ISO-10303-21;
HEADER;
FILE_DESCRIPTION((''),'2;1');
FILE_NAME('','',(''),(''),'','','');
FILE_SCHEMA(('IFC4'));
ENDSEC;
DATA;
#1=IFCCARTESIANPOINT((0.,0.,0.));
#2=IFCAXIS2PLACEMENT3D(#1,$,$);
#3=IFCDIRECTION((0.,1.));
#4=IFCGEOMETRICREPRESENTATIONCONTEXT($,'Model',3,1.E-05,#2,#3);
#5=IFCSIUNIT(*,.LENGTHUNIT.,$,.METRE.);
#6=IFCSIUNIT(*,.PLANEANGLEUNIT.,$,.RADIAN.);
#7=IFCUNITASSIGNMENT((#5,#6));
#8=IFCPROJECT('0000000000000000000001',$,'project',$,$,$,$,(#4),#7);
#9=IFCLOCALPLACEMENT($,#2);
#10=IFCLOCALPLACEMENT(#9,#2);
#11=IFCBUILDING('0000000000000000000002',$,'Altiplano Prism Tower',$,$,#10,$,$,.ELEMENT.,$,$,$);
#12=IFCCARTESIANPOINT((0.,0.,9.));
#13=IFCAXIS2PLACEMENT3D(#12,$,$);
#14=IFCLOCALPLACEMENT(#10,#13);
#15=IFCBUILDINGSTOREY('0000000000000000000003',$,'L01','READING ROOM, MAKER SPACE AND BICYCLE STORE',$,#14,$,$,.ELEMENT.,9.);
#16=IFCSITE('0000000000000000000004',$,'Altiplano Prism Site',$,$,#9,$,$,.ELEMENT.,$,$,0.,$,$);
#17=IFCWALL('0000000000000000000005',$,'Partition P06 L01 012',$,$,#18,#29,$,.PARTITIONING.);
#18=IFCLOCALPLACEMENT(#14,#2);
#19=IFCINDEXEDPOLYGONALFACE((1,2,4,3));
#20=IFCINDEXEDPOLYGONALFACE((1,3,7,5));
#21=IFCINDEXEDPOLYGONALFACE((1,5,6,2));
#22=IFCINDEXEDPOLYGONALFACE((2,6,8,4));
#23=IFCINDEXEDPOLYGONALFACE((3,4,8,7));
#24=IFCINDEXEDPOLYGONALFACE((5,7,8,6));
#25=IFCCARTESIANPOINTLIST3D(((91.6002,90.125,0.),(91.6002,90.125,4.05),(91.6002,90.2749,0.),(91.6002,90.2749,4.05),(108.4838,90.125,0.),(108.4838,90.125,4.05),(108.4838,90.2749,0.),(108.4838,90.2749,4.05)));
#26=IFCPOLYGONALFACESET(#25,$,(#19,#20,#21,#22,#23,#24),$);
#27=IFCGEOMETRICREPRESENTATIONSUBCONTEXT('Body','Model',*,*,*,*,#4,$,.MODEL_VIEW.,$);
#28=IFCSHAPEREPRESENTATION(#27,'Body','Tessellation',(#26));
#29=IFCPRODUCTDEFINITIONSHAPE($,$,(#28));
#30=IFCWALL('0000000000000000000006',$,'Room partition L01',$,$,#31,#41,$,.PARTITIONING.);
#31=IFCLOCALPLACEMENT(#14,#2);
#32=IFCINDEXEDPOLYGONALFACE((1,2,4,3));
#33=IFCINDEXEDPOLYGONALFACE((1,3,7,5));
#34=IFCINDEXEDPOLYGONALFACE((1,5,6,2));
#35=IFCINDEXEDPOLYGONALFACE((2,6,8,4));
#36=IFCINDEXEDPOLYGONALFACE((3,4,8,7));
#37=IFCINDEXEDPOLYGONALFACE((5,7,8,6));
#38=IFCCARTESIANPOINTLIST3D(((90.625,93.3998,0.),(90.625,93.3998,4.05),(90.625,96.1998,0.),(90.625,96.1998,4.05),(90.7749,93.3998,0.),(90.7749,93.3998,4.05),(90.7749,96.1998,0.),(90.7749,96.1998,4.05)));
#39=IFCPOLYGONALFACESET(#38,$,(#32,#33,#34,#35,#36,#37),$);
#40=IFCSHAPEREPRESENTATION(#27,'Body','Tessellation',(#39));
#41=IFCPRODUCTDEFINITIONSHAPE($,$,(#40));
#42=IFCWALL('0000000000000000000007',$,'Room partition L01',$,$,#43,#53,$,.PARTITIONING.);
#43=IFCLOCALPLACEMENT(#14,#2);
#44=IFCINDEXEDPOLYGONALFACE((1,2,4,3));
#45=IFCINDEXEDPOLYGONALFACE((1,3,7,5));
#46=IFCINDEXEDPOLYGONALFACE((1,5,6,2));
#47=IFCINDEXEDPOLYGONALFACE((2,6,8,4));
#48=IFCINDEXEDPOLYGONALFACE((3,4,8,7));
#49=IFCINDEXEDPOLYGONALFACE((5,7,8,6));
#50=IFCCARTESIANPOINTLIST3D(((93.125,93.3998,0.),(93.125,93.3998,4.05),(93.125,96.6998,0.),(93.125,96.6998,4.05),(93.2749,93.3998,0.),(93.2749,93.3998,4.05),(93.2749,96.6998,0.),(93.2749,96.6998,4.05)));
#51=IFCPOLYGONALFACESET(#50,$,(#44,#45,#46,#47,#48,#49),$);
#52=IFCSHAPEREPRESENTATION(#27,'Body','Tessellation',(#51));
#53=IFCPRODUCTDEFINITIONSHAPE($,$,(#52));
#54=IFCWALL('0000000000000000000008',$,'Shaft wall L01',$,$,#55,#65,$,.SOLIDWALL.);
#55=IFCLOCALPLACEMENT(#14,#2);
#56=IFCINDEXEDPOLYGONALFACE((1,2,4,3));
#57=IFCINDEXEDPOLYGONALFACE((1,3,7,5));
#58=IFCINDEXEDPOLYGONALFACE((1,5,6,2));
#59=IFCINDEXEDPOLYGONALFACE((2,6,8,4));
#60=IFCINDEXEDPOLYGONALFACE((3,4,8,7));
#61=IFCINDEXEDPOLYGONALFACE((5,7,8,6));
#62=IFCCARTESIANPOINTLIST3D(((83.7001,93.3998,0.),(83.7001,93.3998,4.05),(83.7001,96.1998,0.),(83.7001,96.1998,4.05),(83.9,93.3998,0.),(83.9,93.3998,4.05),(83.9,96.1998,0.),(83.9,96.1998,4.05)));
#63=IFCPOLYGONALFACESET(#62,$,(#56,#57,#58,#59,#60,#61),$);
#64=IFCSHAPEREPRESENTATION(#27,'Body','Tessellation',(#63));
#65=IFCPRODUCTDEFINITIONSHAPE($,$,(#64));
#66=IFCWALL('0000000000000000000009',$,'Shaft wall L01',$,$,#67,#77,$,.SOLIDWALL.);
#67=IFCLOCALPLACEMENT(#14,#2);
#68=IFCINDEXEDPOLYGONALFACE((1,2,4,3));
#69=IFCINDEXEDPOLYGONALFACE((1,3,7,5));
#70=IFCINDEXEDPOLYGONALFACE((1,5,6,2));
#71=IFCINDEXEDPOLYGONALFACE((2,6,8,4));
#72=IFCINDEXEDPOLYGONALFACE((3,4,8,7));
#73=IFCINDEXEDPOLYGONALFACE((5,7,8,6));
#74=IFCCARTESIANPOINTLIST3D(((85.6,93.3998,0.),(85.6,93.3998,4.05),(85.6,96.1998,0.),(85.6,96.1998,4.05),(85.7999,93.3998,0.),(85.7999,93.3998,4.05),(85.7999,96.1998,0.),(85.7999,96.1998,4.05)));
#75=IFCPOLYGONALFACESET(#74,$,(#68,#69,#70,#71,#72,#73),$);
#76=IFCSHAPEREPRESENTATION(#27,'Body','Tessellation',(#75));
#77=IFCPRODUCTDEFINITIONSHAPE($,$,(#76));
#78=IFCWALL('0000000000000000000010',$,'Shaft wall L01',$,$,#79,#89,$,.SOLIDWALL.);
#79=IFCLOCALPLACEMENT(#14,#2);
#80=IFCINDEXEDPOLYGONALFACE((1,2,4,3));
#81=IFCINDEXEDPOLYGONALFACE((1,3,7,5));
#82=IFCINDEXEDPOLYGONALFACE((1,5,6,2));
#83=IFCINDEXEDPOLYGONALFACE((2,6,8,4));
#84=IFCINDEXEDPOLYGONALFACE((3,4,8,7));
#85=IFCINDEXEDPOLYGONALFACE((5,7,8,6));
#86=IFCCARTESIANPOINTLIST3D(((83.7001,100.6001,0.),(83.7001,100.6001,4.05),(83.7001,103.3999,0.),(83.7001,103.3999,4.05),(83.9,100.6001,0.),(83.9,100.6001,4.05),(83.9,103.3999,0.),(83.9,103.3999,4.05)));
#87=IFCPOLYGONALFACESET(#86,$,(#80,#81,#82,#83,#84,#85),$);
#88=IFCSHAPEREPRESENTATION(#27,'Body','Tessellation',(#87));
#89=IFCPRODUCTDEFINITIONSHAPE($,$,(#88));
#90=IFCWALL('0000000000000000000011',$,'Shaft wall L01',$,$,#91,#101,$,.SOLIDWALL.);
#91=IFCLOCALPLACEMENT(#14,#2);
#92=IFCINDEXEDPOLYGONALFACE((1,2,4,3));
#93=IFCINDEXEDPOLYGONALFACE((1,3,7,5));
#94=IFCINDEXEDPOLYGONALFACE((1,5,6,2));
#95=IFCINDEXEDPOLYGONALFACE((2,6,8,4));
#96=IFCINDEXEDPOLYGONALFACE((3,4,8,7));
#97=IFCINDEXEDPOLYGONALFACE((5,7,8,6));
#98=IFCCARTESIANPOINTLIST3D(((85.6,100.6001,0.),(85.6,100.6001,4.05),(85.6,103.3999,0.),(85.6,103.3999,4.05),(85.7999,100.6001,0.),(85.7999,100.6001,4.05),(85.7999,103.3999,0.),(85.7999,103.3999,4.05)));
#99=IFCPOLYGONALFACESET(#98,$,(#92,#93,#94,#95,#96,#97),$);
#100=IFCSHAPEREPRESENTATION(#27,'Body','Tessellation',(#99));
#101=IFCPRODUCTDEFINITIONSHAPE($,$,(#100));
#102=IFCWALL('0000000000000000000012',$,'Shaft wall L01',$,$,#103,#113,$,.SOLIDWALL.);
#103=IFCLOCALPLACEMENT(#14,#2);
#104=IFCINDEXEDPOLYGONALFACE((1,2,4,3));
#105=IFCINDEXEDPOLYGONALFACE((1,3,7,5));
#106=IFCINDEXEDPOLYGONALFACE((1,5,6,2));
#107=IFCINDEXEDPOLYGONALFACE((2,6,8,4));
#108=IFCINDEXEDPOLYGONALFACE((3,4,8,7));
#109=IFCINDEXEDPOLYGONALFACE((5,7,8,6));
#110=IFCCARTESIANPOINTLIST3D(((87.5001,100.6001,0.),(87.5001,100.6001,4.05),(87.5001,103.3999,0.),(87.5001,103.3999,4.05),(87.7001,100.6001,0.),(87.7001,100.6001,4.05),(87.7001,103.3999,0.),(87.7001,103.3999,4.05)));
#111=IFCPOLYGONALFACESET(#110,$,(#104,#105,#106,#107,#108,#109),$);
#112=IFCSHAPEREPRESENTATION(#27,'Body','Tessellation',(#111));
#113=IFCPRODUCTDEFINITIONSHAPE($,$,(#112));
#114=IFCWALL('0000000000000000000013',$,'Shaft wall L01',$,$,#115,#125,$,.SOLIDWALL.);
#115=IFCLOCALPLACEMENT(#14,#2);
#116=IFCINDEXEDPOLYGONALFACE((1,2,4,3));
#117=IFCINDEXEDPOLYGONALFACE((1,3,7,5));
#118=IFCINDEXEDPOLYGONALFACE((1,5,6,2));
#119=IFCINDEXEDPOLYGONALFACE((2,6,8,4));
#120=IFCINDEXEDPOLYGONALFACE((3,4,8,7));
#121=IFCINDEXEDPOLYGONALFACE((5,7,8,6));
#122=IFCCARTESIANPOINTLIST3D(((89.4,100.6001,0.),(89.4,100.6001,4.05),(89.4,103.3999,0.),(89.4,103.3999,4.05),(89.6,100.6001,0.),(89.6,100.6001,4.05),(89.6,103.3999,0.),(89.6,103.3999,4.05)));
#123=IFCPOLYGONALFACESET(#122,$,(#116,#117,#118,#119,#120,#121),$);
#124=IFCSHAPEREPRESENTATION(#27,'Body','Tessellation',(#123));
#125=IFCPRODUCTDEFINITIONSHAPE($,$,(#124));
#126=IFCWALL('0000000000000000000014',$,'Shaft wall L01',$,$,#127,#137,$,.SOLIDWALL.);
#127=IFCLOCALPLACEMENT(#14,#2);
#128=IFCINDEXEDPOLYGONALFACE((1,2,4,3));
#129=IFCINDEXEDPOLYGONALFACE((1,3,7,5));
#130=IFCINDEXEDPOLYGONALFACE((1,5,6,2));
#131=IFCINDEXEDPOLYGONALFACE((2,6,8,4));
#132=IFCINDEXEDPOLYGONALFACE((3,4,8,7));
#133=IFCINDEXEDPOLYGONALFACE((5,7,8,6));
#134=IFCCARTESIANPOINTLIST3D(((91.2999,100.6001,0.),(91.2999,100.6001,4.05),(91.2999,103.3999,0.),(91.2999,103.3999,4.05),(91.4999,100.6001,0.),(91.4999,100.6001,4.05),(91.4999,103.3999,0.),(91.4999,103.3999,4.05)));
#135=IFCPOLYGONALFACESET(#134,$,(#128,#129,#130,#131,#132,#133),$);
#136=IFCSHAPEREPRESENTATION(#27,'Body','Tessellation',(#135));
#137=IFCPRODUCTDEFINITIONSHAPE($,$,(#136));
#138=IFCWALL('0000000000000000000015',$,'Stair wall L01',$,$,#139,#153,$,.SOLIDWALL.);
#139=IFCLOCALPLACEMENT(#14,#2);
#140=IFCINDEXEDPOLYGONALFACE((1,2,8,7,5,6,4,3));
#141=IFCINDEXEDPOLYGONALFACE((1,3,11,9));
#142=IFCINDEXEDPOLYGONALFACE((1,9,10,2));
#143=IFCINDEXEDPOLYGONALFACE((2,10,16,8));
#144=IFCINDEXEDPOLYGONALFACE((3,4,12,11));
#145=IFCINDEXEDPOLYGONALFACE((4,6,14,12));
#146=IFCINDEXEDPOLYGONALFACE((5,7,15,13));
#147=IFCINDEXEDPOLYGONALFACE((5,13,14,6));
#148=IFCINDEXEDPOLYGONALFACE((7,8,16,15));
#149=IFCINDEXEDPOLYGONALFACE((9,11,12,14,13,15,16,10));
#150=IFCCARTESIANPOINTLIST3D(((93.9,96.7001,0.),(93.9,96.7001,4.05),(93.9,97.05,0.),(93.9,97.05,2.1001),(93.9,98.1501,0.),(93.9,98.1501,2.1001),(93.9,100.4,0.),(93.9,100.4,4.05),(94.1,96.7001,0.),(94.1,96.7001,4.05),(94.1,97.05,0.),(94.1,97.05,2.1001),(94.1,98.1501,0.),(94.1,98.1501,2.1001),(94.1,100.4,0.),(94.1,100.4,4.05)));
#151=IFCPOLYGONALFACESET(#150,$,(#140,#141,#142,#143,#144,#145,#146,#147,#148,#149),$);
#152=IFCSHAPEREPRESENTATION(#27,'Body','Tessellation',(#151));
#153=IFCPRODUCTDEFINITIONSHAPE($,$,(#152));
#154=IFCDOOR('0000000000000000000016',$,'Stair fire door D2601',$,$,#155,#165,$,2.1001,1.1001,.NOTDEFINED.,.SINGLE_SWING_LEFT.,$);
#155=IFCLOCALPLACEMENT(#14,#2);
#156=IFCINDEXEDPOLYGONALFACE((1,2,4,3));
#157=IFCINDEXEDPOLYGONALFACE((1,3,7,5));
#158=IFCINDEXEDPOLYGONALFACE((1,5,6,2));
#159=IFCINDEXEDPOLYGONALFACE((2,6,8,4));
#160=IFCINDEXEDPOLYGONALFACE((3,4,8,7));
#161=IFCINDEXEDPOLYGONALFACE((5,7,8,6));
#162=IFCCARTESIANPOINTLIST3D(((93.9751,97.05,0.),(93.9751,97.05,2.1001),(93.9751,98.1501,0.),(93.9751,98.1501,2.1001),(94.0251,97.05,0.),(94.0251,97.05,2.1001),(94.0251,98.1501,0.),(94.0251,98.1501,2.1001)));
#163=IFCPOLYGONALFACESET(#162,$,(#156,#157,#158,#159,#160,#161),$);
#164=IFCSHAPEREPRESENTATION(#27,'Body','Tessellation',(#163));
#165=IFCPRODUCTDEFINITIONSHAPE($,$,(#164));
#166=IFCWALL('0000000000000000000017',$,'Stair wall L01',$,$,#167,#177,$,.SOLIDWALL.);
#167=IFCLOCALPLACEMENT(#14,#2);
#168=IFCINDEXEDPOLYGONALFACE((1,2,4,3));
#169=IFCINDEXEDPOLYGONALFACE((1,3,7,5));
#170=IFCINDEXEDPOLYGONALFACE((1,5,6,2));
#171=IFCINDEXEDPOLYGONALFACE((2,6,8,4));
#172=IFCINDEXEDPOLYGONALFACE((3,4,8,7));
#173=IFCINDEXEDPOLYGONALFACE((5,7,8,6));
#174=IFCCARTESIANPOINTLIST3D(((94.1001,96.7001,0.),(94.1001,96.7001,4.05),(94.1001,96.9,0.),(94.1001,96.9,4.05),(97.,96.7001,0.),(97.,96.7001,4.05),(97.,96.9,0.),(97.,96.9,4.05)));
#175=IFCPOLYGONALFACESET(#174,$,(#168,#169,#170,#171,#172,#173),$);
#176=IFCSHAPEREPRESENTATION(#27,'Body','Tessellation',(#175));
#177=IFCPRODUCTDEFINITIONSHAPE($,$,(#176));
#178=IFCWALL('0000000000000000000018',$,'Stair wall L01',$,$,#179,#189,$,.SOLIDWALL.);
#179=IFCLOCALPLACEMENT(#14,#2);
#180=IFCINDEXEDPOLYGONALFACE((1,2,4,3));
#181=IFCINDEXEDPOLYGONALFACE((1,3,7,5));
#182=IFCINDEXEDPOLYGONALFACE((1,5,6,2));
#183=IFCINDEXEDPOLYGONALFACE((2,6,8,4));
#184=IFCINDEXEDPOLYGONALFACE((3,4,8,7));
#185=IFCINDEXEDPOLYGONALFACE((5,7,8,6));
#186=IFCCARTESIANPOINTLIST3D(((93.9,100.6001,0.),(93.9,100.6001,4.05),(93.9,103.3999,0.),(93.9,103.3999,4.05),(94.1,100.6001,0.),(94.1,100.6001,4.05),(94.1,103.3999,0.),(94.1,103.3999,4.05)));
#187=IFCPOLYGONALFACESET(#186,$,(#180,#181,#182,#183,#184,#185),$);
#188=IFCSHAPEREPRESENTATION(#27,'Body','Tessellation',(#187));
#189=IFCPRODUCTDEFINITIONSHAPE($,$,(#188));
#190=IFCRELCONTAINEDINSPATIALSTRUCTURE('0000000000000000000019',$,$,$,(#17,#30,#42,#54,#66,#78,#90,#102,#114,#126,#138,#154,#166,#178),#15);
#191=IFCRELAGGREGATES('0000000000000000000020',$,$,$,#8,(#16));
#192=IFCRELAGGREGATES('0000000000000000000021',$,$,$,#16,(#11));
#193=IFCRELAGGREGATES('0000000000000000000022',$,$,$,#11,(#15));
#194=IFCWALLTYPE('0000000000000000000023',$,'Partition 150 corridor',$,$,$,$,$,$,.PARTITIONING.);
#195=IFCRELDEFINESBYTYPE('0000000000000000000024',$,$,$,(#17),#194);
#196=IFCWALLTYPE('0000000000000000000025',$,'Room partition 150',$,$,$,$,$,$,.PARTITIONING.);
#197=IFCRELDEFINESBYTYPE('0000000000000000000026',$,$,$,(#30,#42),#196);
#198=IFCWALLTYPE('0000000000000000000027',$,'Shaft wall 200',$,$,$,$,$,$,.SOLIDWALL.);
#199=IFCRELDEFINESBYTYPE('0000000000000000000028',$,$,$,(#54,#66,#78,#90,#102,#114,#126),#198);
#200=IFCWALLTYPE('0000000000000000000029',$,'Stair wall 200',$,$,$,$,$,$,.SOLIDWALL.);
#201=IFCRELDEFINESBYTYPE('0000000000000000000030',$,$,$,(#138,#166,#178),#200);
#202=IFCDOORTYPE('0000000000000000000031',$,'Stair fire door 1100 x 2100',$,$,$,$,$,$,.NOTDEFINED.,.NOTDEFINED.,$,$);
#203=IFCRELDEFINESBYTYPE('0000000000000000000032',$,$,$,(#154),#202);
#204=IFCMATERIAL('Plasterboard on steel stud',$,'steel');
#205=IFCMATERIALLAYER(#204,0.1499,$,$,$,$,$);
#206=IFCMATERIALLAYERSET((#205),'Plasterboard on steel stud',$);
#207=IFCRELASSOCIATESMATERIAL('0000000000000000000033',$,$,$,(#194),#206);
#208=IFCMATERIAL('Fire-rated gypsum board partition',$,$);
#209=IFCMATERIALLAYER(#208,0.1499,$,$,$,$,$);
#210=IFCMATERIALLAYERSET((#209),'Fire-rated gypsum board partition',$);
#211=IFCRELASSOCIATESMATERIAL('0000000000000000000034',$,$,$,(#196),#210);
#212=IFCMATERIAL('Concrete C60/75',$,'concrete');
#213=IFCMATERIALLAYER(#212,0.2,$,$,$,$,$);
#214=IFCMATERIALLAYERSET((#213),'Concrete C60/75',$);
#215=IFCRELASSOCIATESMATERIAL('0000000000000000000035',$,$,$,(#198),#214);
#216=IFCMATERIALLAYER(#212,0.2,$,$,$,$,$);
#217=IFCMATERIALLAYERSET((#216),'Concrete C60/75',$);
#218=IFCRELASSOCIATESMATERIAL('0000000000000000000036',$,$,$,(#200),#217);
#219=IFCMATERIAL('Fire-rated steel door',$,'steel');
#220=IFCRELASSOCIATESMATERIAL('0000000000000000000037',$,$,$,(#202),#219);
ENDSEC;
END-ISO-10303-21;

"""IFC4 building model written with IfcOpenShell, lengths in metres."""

from ifc_helpers import new_model, si_unit, direction, frame, frame_2d, origin, place, context, subcontext, project, spatial, rectangle, extrude, material, layer, layer_set, type_object, element, fill, save


model = new_model("IFC4")

# Units and contexts
model_context = context("Model", 3, precision=1e-05, world=origin(), true_north=direction((0.0, 1.0)))
body_context = subcontext(model_context, "Body", "Model", "MODEL_VIEW")
ifc_project = project(units=[si_unit("LENGTHUNIT", "METRE"), si_unit("PLANEANGLEUNIT", "RADIAN")], contexts=[model_context])

# Site, building, storey
site_placement = place(None, origin())
site = spatial("IfcSite", under=ifc_project, at=site_placement, Name="Altiplano Prism Site", CompositionType="ELEMENT", RefElevation=0.0)
building_placement = place(site_placement, origin())
building = spatial("IfcBuilding", under=site, at=building_placement, Name="Altiplano Prism Tower", CompositionType="ELEMENT")
storey_placement = place(building_placement, frame((0.0, 0.0, 9.0)))
storey = spatial("IfcBuildingStorey", under=building, at=storey_placement, Name="L01", Description="READING ROOM, MAKER SPACE AND BICYCLE STORE", CompositionType="ELEMENT", Elevation=9.0)

# Walls
ifc_material_1 = material(Name="Plasterboard on steel stud", Category="steel")
ifc_layer_1 = layer(ifc_material_1, 0.1499)
ifc_layer_set_1 = layer_set([ifc_layer_1], Name="Plasterboard on steel stud")
wall_type_1 = type_object("IfcWallType", Name="Partition 150 corridor", PredefinedType="PARTITIONING", material=ifc_layer_set_1)
wall_1_placement = place(storey_placement, frame((91.6001, 90.2, 0.0), z_axis=(0.0, 0.0, 1.0), x_axis=(1.0, 0.0, 0.0)))
element("IfcWall", 1, at=wall_1_placement, inside=storey, type_object=wall_type_1, Name="Partition P06 L01 012", PredefinedType="PARTITIONING", context=body_context, shape_type="SweptSolid", body=[
    extrude(rectangle(XDim=16.8835, YDim=0.1499, at=frame_2d((8.4419, 0.0))), origin(), (0.0, 0.0, 1.0), 4.05),
])
ifc_material_2 = material(Name="Fire-rated gypsum board partition")
ifc_layer_2 = layer(ifc_material_2, 0.1499)
ifc_layer_set_2 = layer_set([ifc_layer_2], Name="Fire-rated gypsum board partition")
wall_type_2 = type_object("IfcWallType", Name="Room partition 150", PredefinedType="PARTITIONING", material=ifc_layer_set_2)
wall_2_placement = place(storey_placement, frame((90.7, 93.3999, 0.0), z_axis=(0.0, 0.0, 1.0), x_axis=(0.0, 1.0, 0.0)))
element("IfcWall", 2, at=wall_2_placement, inside=storey, type_object=wall_type_2, Name="Room partition L01", PredefinedType="PARTITIONING", context=body_context, shape_type="SweptSolid", body=[
    extrude(rectangle(XDim=2.8, YDim=0.1499, at=frame_2d((1.3999, 0.0))), origin(), (0.0, 0.0, 1.0), 4.05),
])
wall_3_placement = place(storey_placement, frame((93.2, 93.3999, 0.0), z_axis=(0.0, 0.0, 1.0), x_axis=(0.0, 1.0, 0.0)))
element("IfcWall", 3, at=wall_3_placement, inside=storey, type_object=wall_type_2, Name="Room partition L01", PredefinedType="PARTITIONING", context=body_context, shape_type="SweptSolid", body=[
    extrude(rectangle(XDim=3.3, YDim=0.1499, at=frame_2d((1.6499, 0.0))), origin(), (0.0, 0.0, 1.0), 4.05),
])
ifc_material_3 = material(Name="Concrete C60/75", Category="concrete")
ifc_layer_3 = layer(ifc_material_3, 0.2)
ifc_layer_set_3 = layer_set([ifc_layer_3], Name="Concrete C60/75")
wall_type_3 = type_object("IfcWallType", Name="Shaft wall 200", PredefinedType="SOLIDWALL", material=ifc_layer_set_3)
for number, where, z_axis, x_axis, name in (
    (4, (83.8, 93.3999, 0.0), (0.0, 0.0, 1.0), (0.0, 1.0, 0.0), "Shaft wall L01"),
    (5, (85.7, 93.3999, 0.0), (0.0, 0.0, 1.0), (0.0, 1.0, 0.0), "Shaft wall L01"),
):
    element("IfcWall", number, at=place(storey_placement, frame(where, z_axis=z_axis, x_axis=x_axis)), inside=storey, type_object=wall_type_3, Name=name, PredefinedType="SOLIDWALL", context=body_context, shape_type="SweptSolid", body=[
        extrude(rectangle(XDim=2.8, YDim=0.2, at=frame_2d((1.3999, 0.0))), origin(), (0.0, 0.0, 1.0), 4.05),
    ])
for number, where, z_axis, x_axis, name in (
    (6, (83.8, 100.6001, 0.0), (0.0, 0.0, 1.0), (0.0, 1.0, 0.0), "Shaft wall L01"),
    (7, (85.7, 100.6001, 0.0), (0.0, 0.0, 1.0), (0.0, 1.0, 0.0), "Shaft wall L01"),
    (8, (87.6001, 100.6001, 0.0), (0.0, 0.0, 1.0), (0.0, 1.0, 0.0), "Shaft wall L01"),
    (9, (89.5, 100.6001, 0.0), (0.0, 0.0, 1.0), (0.0, 1.0, 0.0), "Shaft wall L01"),
    (10, (91.3999, 100.6001, 0.0), (0.0, 0.0, 1.0), (0.0, 1.0, 0.0), "Shaft wall L01"),
):
    element("IfcWall", number, at=place(storey_placement, frame(where, z_axis=z_axis, x_axis=x_axis)), inside=storey, type_object=wall_type_3, Name=name, PredefinedType="SOLIDWALL", context=body_context, shape_type="SweptSolid", body=[
        extrude(rectangle(XDim=2.7998, YDim=0.2, at=frame_2d((1.3999, 0.0))), origin(), (0.0, 0.0, 1.0), 4.05),
    ])

# Wall, opening, door
ifc_layer_4 = layer(ifc_material_3, 0.2)
ifc_layer_set_4 = layer_set([ifc_layer_4], Name="Concrete C60/75")
wall_type_4 = type_object("IfcWallType", Name="Stair wall 200", PredefinedType="SOLIDWALL", material=ifc_layer_set_4)
wall_4_placement = place(storey_placement, frame((94.0, 96.7, 0.0), z_axis=(0.0, 0.0, 1.0), x_axis=(0.0, 1.0, 0.0)))
wall_4 = element("IfcWall", 11, at=wall_4_placement, inside=storey, type_object=wall_type_4, Name="Stair wall L01", PredefinedType="SOLIDWALL", context=body_context, shape_type="SweptSolid", body=[
    extrude(rectangle(XDim=3.7, YDim=0.2, at=frame_2d((1.8501, 0.0))), origin(), (0.0, 0.0, 1.0), 4.05),
])
opening_1_placement = place(wall_4_placement, frame((0.3501, 0.0, 0.0)))
opening_1 = element("IfcOpeningElement", 12, at=opening_1_placement, cuts=wall_4, PredefinedType="OPENING", context=body_context, shape_type="SweptSolid", body=[
    extrude(rectangle(XDim=1.1001, YDim=2.1001, at=frame_2d((0.55, 1.05))), frame((0.0, 0.1104, 0.0), z_axis=(0.0, -1.0, 0.0), x_axis=(1.0, 0.0, 0.0)), (0.0, 0.0, 1.0), 0.2209),
])
ifc_material_4 = material(Name="Fire-rated steel door", Category="steel")
door_type_1 = type_object("IfcDoorType", Name="Stair fire door 1100 x 2100", OperationType="NOTDEFINED", PredefinedType="NOTDEFINED", material=ifc_material_4)
door_1_placement = place(opening_1_placement, origin())
door_1 = element("IfcDoor", 13, at=door_1_placement, inside=storey, type_object=door_type_1, Name="Stair fire door D2601", OperationType="SINGLE_SWING_LEFT", OverallHeight=2.1001, OverallWidth=1.1001, PredefinedType="NOTDEFINED", context=body_context, shape_type="SweptSolid", body=[
    extrude(rectangle(XDim=1.1001, YDim=2.1001, at=frame_2d((0.55, 1.05))), frame((0.0, 0.0249, 0.0), z_axis=(0.0, -1.0, 0.0), x_axis=(1.0, 0.0, 0.0)), (0.0, 0.0, 1.0), 0.05),
])
fill(opening_1, door_1)

# Walls
wall_5_placement = place(storey_placement, frame((94.1001, 96.8, 0.0), z_axis=(0.0, 0.0, 1.0), x_axis=(1.0, 0.0, 0.0)))
element("IfcWall", 14, at=wall_5_placement, inside=storey, type_object=wall_type_4, Name="Stair wall L01", PredefinedType="SOLIDWALL", context=body_context, shape_type="SweptSolid", body=[
    extrude(rectangle(XDim=2.8999, YDim=0.2, at=frame_2d((1.45, 0.0))), origin(), (0.0, 0.0, 1.0), 4.05),
])
wall_6_placement = place(storey_placement, frame((94.0, 100.6001, 0.0), z_axis=(0.0, 0.0, 1.0), x_axis=(0.0, 1.0, 0.0)))
element("IfcWall", 15, at=wall_6_placement, inside=storey, type_object=wall_type_4, Name="Stair wall L01", PredefinedType="SOLIDWALL", context=body_context, shape_type="SweptSolid", body=[
    extrude(rectangle(XDim=2.7998, YDim=0.2, at=frame_2d((1.3999, 0.0))), origin(), (0.0, 0.0, 1.0), 4.05),
])

save(model, "model.ifc")
